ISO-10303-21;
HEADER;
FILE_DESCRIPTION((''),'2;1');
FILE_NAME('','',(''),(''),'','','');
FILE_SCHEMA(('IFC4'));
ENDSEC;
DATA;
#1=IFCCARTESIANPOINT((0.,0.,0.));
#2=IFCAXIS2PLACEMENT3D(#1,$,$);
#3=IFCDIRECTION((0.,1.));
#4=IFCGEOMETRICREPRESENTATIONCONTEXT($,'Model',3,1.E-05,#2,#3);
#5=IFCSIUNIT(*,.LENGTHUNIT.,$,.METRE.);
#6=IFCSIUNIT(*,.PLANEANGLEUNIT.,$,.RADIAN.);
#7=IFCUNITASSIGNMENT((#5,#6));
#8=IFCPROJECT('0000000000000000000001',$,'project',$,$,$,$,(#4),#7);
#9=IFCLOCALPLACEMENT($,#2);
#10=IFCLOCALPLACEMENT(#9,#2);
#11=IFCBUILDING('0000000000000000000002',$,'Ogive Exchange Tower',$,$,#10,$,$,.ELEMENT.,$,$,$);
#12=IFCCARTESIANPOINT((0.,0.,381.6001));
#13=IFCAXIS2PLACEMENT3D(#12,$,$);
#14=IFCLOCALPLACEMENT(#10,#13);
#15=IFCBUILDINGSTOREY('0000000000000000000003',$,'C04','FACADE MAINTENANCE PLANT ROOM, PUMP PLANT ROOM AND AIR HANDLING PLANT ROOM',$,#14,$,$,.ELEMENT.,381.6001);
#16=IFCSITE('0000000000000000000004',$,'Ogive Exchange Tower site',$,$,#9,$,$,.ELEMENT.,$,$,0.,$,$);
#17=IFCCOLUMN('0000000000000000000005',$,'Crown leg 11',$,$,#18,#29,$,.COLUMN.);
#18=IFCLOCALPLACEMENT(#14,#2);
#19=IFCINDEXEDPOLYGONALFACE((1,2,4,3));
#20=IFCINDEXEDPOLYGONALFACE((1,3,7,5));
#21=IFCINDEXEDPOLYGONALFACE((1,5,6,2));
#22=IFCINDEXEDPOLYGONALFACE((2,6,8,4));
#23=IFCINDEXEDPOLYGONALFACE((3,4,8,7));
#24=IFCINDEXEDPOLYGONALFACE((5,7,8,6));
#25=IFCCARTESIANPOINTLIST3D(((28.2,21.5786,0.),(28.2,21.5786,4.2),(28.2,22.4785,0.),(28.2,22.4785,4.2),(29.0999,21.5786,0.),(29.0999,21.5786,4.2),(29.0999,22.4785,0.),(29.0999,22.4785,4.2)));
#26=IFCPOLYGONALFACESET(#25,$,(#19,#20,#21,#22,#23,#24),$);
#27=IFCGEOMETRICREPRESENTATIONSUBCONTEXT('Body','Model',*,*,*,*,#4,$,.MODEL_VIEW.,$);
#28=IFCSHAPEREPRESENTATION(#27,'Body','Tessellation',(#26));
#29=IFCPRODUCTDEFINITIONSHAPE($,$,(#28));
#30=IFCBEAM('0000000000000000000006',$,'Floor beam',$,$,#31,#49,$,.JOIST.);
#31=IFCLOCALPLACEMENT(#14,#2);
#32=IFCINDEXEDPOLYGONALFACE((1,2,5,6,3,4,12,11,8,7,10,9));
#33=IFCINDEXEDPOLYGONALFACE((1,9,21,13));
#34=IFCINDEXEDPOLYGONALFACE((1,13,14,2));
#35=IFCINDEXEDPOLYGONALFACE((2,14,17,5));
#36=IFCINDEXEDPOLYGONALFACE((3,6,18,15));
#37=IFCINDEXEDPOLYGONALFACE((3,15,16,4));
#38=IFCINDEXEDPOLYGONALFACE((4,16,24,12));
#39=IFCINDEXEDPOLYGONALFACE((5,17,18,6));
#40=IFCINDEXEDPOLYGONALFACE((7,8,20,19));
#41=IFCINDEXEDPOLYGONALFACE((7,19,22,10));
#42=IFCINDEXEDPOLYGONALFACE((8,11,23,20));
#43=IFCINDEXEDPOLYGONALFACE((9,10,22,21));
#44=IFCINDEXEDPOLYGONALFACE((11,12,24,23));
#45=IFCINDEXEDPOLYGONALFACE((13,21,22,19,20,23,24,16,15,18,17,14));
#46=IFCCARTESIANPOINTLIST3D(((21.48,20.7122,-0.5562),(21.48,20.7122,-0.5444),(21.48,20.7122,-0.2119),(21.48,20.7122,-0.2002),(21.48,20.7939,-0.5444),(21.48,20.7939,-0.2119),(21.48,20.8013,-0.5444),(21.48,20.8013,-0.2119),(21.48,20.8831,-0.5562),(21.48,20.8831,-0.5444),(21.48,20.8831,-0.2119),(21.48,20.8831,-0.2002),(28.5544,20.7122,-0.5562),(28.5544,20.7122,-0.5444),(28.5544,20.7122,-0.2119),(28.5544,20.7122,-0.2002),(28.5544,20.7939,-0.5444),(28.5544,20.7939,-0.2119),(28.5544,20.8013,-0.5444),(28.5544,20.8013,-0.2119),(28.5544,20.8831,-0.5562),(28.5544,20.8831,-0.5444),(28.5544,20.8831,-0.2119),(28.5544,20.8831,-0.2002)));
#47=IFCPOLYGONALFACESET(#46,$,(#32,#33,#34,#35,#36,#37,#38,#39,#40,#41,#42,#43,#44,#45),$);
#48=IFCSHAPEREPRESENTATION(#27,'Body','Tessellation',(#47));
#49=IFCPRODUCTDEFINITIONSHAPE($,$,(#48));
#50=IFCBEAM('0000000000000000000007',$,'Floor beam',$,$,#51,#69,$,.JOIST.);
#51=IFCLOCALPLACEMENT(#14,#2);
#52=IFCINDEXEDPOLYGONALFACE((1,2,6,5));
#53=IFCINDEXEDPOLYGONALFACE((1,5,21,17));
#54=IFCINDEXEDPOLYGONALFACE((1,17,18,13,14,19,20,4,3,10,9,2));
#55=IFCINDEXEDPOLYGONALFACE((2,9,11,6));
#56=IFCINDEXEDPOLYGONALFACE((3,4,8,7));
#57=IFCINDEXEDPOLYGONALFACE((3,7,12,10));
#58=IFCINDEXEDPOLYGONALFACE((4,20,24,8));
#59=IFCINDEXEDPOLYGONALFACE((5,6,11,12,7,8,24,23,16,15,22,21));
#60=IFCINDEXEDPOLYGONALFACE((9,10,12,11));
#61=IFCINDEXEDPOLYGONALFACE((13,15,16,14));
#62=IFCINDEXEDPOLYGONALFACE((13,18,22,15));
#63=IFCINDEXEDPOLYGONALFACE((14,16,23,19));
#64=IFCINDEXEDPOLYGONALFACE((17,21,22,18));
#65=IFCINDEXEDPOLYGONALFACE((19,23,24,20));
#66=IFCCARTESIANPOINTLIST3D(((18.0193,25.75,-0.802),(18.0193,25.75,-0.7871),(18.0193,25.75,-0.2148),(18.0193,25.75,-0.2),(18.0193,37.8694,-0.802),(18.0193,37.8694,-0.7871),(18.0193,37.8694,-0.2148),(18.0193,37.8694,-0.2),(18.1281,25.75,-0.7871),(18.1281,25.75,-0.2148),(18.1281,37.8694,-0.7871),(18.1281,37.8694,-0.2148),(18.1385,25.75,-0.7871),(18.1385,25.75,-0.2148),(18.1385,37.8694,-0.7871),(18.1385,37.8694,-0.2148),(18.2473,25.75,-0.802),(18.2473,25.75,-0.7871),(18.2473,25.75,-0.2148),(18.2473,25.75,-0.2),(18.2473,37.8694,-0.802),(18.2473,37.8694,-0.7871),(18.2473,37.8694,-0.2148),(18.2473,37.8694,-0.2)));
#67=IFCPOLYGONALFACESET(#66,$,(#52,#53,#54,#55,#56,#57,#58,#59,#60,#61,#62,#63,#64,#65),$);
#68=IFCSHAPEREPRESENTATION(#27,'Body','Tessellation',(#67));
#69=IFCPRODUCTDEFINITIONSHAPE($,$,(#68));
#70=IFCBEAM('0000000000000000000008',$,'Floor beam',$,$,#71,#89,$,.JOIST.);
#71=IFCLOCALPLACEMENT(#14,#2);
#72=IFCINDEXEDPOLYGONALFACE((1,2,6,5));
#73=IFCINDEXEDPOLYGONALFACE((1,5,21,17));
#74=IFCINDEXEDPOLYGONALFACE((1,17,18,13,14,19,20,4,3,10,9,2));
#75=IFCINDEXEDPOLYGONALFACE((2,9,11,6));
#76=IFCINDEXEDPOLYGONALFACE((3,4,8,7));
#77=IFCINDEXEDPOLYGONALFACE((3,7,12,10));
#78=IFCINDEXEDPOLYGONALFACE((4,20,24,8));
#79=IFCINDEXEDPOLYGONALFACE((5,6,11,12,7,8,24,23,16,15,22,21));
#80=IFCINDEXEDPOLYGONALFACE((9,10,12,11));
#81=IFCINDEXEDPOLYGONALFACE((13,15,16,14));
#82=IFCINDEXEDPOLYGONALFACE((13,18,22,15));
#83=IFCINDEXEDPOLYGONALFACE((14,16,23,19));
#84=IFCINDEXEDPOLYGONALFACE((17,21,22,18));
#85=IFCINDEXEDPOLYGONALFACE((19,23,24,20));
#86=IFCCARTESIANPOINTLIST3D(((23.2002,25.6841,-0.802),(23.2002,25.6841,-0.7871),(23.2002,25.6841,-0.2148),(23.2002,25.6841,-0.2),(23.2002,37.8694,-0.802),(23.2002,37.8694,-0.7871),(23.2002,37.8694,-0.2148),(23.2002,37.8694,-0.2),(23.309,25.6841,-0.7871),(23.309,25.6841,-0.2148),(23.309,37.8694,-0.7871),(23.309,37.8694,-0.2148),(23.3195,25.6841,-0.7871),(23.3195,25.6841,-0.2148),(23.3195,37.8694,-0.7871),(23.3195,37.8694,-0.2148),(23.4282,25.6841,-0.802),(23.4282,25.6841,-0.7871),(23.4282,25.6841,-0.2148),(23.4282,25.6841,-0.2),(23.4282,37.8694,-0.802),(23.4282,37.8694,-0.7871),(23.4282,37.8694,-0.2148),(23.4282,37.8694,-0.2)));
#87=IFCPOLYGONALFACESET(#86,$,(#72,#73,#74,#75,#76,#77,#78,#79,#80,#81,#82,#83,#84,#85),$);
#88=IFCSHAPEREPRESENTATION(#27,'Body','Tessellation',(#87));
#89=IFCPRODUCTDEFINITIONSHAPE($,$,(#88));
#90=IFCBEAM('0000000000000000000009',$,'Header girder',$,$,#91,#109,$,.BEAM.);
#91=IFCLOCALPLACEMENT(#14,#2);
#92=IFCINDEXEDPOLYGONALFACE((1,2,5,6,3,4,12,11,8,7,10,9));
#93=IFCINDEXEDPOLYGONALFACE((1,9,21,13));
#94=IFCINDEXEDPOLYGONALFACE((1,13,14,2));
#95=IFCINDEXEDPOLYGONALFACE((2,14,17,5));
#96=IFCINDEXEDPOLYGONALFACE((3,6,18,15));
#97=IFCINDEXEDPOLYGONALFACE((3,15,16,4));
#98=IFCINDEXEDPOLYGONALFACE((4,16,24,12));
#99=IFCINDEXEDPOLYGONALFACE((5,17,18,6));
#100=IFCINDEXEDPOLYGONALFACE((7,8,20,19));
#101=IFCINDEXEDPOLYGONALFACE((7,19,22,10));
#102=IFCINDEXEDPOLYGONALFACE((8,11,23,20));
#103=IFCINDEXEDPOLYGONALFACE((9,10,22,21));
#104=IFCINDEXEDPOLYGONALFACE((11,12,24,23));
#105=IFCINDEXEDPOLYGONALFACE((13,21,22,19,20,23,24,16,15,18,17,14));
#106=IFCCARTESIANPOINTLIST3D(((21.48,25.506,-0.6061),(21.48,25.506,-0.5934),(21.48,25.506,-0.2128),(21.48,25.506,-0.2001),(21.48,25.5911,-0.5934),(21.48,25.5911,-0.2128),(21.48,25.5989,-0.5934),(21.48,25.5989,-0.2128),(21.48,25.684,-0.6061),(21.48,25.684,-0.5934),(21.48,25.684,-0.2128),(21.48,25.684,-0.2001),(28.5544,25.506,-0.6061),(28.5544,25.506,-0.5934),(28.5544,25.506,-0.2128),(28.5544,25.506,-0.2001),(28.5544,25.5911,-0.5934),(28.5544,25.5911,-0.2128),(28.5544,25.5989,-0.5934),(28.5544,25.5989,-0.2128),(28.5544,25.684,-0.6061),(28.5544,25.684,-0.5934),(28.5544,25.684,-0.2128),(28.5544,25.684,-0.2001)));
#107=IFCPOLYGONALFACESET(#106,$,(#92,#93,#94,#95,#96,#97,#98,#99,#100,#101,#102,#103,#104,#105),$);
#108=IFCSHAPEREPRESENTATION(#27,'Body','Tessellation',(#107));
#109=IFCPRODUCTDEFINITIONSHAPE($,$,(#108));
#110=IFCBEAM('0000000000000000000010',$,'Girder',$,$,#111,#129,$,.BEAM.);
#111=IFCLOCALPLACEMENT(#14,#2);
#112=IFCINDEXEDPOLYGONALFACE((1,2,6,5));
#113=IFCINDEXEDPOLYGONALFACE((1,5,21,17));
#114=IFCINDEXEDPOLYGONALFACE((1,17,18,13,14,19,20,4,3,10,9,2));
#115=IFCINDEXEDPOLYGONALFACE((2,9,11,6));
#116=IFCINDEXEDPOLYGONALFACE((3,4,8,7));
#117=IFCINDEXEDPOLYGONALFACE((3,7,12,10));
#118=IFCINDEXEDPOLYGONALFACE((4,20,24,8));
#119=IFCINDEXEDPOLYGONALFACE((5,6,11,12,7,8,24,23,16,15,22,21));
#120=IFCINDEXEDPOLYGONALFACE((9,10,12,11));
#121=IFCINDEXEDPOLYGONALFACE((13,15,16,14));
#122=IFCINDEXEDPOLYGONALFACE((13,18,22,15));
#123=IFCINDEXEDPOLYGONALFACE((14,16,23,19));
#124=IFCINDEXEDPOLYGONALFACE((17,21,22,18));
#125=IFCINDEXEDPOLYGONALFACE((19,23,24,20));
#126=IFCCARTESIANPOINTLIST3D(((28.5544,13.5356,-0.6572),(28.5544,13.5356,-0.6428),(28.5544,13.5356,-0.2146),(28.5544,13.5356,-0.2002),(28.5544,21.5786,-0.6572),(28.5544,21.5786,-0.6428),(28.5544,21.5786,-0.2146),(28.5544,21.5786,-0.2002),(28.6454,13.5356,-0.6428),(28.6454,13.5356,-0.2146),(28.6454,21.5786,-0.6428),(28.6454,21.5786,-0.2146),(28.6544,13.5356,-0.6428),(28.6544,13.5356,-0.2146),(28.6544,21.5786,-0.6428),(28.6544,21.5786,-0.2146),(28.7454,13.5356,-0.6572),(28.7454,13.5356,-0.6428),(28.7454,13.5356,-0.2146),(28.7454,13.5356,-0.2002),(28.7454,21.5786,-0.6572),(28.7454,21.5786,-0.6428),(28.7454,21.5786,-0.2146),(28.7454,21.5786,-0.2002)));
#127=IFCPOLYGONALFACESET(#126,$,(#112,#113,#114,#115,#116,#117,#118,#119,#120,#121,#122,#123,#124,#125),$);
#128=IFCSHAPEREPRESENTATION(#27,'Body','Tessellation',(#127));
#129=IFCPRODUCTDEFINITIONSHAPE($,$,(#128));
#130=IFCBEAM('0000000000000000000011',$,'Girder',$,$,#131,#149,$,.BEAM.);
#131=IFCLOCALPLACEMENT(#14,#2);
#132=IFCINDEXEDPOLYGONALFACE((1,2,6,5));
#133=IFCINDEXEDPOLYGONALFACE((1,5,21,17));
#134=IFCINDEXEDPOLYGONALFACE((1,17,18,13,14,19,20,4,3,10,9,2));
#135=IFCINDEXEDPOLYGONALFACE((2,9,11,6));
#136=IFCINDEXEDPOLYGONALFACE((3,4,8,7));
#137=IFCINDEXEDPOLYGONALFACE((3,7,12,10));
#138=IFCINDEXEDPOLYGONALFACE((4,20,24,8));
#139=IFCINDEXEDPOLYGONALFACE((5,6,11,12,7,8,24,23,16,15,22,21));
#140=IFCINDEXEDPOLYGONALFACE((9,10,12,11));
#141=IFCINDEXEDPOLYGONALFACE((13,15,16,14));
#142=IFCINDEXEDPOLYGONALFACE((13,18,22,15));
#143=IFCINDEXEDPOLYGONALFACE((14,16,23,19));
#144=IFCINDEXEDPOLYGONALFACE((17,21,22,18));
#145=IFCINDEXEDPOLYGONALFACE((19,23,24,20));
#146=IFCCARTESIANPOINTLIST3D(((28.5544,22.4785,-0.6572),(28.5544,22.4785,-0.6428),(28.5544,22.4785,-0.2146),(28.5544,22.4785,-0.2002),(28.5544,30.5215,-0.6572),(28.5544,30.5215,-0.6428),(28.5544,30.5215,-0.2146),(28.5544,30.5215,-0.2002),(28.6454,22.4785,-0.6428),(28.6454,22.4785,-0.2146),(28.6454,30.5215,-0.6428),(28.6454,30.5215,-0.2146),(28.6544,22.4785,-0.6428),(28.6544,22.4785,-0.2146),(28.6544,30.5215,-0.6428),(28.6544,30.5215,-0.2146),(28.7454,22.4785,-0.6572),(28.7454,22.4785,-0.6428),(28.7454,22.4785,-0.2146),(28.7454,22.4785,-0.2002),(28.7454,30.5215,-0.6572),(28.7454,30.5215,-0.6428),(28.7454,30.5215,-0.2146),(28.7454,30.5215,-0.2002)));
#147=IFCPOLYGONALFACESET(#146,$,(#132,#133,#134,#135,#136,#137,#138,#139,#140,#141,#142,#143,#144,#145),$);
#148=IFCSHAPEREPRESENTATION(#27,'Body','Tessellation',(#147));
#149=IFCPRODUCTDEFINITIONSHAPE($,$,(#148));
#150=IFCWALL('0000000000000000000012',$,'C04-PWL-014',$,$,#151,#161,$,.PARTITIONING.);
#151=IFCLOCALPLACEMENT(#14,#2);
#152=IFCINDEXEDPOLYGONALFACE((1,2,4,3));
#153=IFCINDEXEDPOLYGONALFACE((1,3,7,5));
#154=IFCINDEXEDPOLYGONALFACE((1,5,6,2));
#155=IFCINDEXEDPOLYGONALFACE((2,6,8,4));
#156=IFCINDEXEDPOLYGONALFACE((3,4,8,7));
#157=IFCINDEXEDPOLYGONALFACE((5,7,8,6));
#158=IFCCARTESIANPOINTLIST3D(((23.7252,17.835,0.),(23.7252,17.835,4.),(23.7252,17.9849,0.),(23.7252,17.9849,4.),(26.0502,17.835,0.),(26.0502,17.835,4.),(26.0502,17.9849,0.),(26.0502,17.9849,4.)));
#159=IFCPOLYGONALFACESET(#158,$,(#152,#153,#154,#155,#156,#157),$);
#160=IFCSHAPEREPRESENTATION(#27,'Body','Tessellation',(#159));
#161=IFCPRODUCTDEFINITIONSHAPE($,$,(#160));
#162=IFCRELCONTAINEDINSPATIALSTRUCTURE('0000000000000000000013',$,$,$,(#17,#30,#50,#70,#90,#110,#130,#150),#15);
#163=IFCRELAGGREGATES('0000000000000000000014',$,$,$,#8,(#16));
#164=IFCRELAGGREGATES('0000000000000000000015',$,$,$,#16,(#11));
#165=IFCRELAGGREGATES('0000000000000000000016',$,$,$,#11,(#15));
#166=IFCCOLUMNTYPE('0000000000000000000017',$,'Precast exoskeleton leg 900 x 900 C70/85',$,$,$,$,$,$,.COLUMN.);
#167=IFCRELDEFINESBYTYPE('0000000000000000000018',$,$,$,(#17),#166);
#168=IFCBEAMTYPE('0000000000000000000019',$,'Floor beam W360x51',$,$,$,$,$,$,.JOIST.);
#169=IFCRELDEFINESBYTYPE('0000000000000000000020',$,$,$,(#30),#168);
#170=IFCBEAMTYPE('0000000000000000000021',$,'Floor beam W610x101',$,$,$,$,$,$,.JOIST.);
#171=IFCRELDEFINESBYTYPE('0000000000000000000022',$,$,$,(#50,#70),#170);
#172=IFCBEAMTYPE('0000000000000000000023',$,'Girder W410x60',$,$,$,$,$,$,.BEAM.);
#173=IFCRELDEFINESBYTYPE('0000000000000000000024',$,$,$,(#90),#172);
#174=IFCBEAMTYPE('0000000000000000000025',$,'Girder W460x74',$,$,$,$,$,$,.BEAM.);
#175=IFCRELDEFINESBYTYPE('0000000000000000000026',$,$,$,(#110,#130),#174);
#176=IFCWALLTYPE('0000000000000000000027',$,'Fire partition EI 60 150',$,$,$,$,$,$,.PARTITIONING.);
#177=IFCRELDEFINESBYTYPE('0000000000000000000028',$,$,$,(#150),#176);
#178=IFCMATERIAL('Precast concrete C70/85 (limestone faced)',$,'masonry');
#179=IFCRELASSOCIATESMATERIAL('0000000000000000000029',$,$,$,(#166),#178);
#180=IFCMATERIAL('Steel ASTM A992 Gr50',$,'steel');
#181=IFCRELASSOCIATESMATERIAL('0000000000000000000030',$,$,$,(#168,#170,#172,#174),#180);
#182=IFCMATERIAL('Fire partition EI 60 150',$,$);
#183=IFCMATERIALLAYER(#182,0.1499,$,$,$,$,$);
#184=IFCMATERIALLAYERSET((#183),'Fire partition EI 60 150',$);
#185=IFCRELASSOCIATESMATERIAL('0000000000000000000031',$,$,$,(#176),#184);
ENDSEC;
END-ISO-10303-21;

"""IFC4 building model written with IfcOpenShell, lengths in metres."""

from ifc_helpers import new_model, si_unit, direction, frame, frame_2d, origin, origin_2d, place, context, subcontext, project, spatial, rectangle, i_section, extrude, material, layer, layer_set, material_profile, profile_set, type_object, element, save


model = new_model("IFC4")

# Units and contexts
model_context = context("Model", 3, precision=1e-05, world=origin(), true_north=direction((0.0, 1.0)))
body_context = subcontext(model_context, "Body", "Model", "MODEL_VIEW")
ifc_project = project(units=[si_unit("LENGTHUNIT", "METRE"), si_unit("PLANEANGLEUNIT", "RADIAN")], contexts=[model_context])

# Site, building, storey
site_placement = place(None, origin())
site = spatial("IfcSite", under=ifc_project, at=site_placement, Name="Ogive Exchange Tower site", CompositionType="ELEMENT", RefElevation=0.0)
building_placement = place(site_placement, origin())
building = spatial("IfcBuilding", under=site, at=building_placement, Name="Ogive Exchange Tower", CompositionType="ELEMENT")
storey_placement = place(building_placement, frame((0.0, 0.0, 381.6001)))
storey = spatial("IfcBuildingStorey", under=building, at=storey_placement, Name="C04", Description="FACADE MAINTENANCE PLANT ROOM, PUMP PLANT ROOM AND AIR HANDLING PLANT ROOM", CompositionType="ELEMENT", Elevation=381.6001)

# Column
ifc_material_1 = material(Name="Precast concrete C70/85 (limestone faced)", Category="masonry")
ifc_material_profile_1 = material_profile(ifc_material_1, rectangle(XDim=0.8999, YDim=0.8999, at=origin_2d()), Name="900 x 900")
ifc_profile_set_1 = profile_set([ifc_material_profile_1], Name="Precast concrete C70/85 (limestone faced)")
column_type = type_object("IfcColumnType", Name="Precast exoskeleton leg 900 x 900 C70/85", PredefinedType="COLUMN", material=ifc_profile_set_1)
column_placement = place(storey_placement, frame((28.6499, 22.0286, 0.0), z_axis=(0.0, 0.0, 1.0), x_axis=(1.0, 0.0, 0.0)))
element("IfcColumn", 1, at=column_placement, inside=storey, type_object=column_type, Name="Crown leg 11", PredefinedType="COLUMN", context=body_context, shape_type="SweptSolid", body=[
    extrude(rectangle(XDim=0.8999, YDim=0.8999, at=origin_2d()), origin(), (0.0, 0.0, 1.0), 4.2),
])

# Beams
ifc_material_2 = material(Name="Steel ASTM A992 Gr50", Category="steel")
ifc_material_profile_2 = material_profile(ifc_material_2, i_section(OverallWidth=0.1709, OverallDepth=0.356, WebThickness=0.0073, FlangeThickness=0.0117, at=origin_2d()), Name="W360x51")
ifc_profile_set_2 = profile_set([ifc_material_profile_2], Name="Steel ASTM A992 Gr50")
beam_type_1 = type_object("IfcBeamType", Name="Floor beam W360x51", PredefinedType="JOIST", material=ifc_profile_set_2)
beam_1_placement = place(storey_placement, frame((21.48, 20.7976, -0.3782), z_axis=(1.0, 0.0, 0.0), x_axis=(0.0, 1.0, 0.0)))
element("IfcBeam", 2, at=beam_1_placement, inside=storey, type_object=beam_type_1, Name="Floor beam", PredefinedType="JOIST", context=body_context, shape_type="SweptSolid", body=[
    extrude(i_section(OverallWidth=0.1709, OverallDepth=0.356, WebThickness=0.0073, FlangeThickness=0.0117, at=origin_2d()), origin(), (0.0, 0.0, 1.0), 7.0745),
])
ifc_material_profile_3 = material_profile(ifc_material_2, i_section(OverallWidth=0.228, OverallDepth=0.6021, WebThickness=0.0105, FlangeThickness=0.0149, at=origin_2d()), Name="W610x101")
ifc_profile_set_3 = profile_set([ifc_material_profile_3], Name="Steel ASTM A992 Gr50")
beam_type_2 = type_object("IfcBeamType", Name="Floor beam W610x101", PredefinedType="JOIST", material=ifc_profile_set_3)
beam_2_placement = place(storey_placement, frame((18.1333, 25.75, -0.501), z_axis=(0.0, 1.0, 0.0), x_axis=(-1.0, 0.0, 0.0)))
element("IfcBeam", 3, at=beam_2_placement, inside=storey, type_object=beam_type_2, Name="Floor beam", PredefinedType="JOIST", context=body_context, shape_type="SweptSolid", body=[
    extrude(i_section(OverallWidth=0.228, OverallDepth=0.6021, WebThickness=0.0105, FlangeThickness=0.0149, at=origin_2d()), origin(), (0.0, 0.0, 1.0), 12.1194),
])
beam_3_placement = place(storey_placement, frame((23.3142, 25.6841, -0.501), z_axis=(0.0, 1.0, 0.0), x_axis=(-1.0, 0.0, 0.0)))
element("IfcBeam", 4, at=beam_3_placement, inside=storey, type_object=beam_type_2, Name="Floor beam", PredefinedType="JOIST", context=body_context, shape_type="SweptSolid", body=[
    extrude(i_section(OverallWidth=0.228, OverallDepth=0.6021, WebThickness=0.0105, FlangeThickness=0.0149, at=origin_2d()), origin(), (0.0, 0.0, 1.0), 12.1853),
])
ifc_material_profile_4 = material_profile(ifc_material_2, i_section(OverallWidth=0.178, OverallDepth=0.406, WebThickness=0.0078, FlangeThickness=0.0127, at=origin_2d()), Name="W410x60")
ifc_profile_set_4 = profile_set([ifc_material_profile_4], Name="Steel ASTM A992 Gr50")
beam_type_3 = type_object("IfcBeamType", Name="Girder W410x60", PredefinedType="BEAM", material=ifc_profile_set_4)
beam_4_placement = place(storey_placement, frame((21.48, 25.595, -0.4031), z_axis=(1.0, 0.0, 0.0), x_axis=(0.0, 1.0, 0.0)))
element("IfcBeam", 5, at=beam_4_placement, inside=storey, type_object=beam_type_3, Name="Header girder", PredefinedType="BEAM", context=body_context, shape_type="SweptSolid", body=[
    extrude(i_section(OverallWidth=0.178, OverallDepth=0.406, WebThickness=0.0078, FlangeThickness=0.0127, at=origin_2d()), origin(), (0.0, 0.0, 1.0), 7.0745),
])
ifc_material_profile_5 = material_profile(ifc_material_2, i_section(OverallWidth=0.1909, OverallDepth=0.457, WebThickness=0.009, FlangeThickness=0.0144, at=origin_2d()), Name="W460x74")
ifc_profile_set_5 = profile_set([ifc_material_profile_5], Name="Steel ASTM A992 Gr50")
beam_type_4 = type_object("IfcBeamType", Name="Girder W460x74", PredefinedType="BEAM", material=ifc_profile_set_5)
for number, where, z_axis, x_axis, name in (
    (6, (28.6499, 13.5356, -0.4287), (0.0, 1.0, 0.0), (-1.0, 0.0, 0.0), "Girder"),
    (7, (28.6499, 22.4785, -0.4287), (0.0, 1.0, 0.0), (-1.0, 0.0, 0.0), "Girder"),
):
    element("IfcBeam", number, at=place(storey_placement, frame(where, z_axis=z_axis, x_axis=x_axis)), inside=storey, type_object=beam_type_4, Name=name, PredefinedType="BEAM", context=body_context, shape_type="SweptSolid", body=[
        extrude(i_section(OverallWidth=0.1909, OverallDepth=0.457, WebThickness=0.009, FlangeThickness=0.0144, at=origin_2d()), origin(), (0.0, 0.0, 1.0), 8.043),
    ])

# Wall
ifc_material_3 = material(Name="Fire partition EI 60 150")
ifc_layer_1 = layer(ifc_material_3, 0.1499)
ifc_layer_set_1 = layer_set([ifc_layer_1], Name="Fire partition EI 60 150")
wall_type_1 = type_object("IfcWallType", Name="Fire partition EI 60 150", PredefinedType="PARTITIONING", material=ifc_layer_set_1)
wall_1_placement = place(storey_placement, frame((23.7251, 17.9099, 0.0), z_axis=(0.0, 0.0, 1.0), x_axis=(1.0, 0.0, 0.0)))
element("IfcWall", 8, at=wall_1_placement, inside=storey, type_object=wall_type_1, Name="C04-PWL-014", PredefinedType="PARTITIONING", context=body_context, shape_type="SweptSolid", body=[
    extrude(rectangle(XDim=2.325, YDim=0.1499, at=frame_2d((1.1626, 0.0))), origin(), (0.0, 0.0, 1.0), 4.0),
])

save(model, "model.ifc")
